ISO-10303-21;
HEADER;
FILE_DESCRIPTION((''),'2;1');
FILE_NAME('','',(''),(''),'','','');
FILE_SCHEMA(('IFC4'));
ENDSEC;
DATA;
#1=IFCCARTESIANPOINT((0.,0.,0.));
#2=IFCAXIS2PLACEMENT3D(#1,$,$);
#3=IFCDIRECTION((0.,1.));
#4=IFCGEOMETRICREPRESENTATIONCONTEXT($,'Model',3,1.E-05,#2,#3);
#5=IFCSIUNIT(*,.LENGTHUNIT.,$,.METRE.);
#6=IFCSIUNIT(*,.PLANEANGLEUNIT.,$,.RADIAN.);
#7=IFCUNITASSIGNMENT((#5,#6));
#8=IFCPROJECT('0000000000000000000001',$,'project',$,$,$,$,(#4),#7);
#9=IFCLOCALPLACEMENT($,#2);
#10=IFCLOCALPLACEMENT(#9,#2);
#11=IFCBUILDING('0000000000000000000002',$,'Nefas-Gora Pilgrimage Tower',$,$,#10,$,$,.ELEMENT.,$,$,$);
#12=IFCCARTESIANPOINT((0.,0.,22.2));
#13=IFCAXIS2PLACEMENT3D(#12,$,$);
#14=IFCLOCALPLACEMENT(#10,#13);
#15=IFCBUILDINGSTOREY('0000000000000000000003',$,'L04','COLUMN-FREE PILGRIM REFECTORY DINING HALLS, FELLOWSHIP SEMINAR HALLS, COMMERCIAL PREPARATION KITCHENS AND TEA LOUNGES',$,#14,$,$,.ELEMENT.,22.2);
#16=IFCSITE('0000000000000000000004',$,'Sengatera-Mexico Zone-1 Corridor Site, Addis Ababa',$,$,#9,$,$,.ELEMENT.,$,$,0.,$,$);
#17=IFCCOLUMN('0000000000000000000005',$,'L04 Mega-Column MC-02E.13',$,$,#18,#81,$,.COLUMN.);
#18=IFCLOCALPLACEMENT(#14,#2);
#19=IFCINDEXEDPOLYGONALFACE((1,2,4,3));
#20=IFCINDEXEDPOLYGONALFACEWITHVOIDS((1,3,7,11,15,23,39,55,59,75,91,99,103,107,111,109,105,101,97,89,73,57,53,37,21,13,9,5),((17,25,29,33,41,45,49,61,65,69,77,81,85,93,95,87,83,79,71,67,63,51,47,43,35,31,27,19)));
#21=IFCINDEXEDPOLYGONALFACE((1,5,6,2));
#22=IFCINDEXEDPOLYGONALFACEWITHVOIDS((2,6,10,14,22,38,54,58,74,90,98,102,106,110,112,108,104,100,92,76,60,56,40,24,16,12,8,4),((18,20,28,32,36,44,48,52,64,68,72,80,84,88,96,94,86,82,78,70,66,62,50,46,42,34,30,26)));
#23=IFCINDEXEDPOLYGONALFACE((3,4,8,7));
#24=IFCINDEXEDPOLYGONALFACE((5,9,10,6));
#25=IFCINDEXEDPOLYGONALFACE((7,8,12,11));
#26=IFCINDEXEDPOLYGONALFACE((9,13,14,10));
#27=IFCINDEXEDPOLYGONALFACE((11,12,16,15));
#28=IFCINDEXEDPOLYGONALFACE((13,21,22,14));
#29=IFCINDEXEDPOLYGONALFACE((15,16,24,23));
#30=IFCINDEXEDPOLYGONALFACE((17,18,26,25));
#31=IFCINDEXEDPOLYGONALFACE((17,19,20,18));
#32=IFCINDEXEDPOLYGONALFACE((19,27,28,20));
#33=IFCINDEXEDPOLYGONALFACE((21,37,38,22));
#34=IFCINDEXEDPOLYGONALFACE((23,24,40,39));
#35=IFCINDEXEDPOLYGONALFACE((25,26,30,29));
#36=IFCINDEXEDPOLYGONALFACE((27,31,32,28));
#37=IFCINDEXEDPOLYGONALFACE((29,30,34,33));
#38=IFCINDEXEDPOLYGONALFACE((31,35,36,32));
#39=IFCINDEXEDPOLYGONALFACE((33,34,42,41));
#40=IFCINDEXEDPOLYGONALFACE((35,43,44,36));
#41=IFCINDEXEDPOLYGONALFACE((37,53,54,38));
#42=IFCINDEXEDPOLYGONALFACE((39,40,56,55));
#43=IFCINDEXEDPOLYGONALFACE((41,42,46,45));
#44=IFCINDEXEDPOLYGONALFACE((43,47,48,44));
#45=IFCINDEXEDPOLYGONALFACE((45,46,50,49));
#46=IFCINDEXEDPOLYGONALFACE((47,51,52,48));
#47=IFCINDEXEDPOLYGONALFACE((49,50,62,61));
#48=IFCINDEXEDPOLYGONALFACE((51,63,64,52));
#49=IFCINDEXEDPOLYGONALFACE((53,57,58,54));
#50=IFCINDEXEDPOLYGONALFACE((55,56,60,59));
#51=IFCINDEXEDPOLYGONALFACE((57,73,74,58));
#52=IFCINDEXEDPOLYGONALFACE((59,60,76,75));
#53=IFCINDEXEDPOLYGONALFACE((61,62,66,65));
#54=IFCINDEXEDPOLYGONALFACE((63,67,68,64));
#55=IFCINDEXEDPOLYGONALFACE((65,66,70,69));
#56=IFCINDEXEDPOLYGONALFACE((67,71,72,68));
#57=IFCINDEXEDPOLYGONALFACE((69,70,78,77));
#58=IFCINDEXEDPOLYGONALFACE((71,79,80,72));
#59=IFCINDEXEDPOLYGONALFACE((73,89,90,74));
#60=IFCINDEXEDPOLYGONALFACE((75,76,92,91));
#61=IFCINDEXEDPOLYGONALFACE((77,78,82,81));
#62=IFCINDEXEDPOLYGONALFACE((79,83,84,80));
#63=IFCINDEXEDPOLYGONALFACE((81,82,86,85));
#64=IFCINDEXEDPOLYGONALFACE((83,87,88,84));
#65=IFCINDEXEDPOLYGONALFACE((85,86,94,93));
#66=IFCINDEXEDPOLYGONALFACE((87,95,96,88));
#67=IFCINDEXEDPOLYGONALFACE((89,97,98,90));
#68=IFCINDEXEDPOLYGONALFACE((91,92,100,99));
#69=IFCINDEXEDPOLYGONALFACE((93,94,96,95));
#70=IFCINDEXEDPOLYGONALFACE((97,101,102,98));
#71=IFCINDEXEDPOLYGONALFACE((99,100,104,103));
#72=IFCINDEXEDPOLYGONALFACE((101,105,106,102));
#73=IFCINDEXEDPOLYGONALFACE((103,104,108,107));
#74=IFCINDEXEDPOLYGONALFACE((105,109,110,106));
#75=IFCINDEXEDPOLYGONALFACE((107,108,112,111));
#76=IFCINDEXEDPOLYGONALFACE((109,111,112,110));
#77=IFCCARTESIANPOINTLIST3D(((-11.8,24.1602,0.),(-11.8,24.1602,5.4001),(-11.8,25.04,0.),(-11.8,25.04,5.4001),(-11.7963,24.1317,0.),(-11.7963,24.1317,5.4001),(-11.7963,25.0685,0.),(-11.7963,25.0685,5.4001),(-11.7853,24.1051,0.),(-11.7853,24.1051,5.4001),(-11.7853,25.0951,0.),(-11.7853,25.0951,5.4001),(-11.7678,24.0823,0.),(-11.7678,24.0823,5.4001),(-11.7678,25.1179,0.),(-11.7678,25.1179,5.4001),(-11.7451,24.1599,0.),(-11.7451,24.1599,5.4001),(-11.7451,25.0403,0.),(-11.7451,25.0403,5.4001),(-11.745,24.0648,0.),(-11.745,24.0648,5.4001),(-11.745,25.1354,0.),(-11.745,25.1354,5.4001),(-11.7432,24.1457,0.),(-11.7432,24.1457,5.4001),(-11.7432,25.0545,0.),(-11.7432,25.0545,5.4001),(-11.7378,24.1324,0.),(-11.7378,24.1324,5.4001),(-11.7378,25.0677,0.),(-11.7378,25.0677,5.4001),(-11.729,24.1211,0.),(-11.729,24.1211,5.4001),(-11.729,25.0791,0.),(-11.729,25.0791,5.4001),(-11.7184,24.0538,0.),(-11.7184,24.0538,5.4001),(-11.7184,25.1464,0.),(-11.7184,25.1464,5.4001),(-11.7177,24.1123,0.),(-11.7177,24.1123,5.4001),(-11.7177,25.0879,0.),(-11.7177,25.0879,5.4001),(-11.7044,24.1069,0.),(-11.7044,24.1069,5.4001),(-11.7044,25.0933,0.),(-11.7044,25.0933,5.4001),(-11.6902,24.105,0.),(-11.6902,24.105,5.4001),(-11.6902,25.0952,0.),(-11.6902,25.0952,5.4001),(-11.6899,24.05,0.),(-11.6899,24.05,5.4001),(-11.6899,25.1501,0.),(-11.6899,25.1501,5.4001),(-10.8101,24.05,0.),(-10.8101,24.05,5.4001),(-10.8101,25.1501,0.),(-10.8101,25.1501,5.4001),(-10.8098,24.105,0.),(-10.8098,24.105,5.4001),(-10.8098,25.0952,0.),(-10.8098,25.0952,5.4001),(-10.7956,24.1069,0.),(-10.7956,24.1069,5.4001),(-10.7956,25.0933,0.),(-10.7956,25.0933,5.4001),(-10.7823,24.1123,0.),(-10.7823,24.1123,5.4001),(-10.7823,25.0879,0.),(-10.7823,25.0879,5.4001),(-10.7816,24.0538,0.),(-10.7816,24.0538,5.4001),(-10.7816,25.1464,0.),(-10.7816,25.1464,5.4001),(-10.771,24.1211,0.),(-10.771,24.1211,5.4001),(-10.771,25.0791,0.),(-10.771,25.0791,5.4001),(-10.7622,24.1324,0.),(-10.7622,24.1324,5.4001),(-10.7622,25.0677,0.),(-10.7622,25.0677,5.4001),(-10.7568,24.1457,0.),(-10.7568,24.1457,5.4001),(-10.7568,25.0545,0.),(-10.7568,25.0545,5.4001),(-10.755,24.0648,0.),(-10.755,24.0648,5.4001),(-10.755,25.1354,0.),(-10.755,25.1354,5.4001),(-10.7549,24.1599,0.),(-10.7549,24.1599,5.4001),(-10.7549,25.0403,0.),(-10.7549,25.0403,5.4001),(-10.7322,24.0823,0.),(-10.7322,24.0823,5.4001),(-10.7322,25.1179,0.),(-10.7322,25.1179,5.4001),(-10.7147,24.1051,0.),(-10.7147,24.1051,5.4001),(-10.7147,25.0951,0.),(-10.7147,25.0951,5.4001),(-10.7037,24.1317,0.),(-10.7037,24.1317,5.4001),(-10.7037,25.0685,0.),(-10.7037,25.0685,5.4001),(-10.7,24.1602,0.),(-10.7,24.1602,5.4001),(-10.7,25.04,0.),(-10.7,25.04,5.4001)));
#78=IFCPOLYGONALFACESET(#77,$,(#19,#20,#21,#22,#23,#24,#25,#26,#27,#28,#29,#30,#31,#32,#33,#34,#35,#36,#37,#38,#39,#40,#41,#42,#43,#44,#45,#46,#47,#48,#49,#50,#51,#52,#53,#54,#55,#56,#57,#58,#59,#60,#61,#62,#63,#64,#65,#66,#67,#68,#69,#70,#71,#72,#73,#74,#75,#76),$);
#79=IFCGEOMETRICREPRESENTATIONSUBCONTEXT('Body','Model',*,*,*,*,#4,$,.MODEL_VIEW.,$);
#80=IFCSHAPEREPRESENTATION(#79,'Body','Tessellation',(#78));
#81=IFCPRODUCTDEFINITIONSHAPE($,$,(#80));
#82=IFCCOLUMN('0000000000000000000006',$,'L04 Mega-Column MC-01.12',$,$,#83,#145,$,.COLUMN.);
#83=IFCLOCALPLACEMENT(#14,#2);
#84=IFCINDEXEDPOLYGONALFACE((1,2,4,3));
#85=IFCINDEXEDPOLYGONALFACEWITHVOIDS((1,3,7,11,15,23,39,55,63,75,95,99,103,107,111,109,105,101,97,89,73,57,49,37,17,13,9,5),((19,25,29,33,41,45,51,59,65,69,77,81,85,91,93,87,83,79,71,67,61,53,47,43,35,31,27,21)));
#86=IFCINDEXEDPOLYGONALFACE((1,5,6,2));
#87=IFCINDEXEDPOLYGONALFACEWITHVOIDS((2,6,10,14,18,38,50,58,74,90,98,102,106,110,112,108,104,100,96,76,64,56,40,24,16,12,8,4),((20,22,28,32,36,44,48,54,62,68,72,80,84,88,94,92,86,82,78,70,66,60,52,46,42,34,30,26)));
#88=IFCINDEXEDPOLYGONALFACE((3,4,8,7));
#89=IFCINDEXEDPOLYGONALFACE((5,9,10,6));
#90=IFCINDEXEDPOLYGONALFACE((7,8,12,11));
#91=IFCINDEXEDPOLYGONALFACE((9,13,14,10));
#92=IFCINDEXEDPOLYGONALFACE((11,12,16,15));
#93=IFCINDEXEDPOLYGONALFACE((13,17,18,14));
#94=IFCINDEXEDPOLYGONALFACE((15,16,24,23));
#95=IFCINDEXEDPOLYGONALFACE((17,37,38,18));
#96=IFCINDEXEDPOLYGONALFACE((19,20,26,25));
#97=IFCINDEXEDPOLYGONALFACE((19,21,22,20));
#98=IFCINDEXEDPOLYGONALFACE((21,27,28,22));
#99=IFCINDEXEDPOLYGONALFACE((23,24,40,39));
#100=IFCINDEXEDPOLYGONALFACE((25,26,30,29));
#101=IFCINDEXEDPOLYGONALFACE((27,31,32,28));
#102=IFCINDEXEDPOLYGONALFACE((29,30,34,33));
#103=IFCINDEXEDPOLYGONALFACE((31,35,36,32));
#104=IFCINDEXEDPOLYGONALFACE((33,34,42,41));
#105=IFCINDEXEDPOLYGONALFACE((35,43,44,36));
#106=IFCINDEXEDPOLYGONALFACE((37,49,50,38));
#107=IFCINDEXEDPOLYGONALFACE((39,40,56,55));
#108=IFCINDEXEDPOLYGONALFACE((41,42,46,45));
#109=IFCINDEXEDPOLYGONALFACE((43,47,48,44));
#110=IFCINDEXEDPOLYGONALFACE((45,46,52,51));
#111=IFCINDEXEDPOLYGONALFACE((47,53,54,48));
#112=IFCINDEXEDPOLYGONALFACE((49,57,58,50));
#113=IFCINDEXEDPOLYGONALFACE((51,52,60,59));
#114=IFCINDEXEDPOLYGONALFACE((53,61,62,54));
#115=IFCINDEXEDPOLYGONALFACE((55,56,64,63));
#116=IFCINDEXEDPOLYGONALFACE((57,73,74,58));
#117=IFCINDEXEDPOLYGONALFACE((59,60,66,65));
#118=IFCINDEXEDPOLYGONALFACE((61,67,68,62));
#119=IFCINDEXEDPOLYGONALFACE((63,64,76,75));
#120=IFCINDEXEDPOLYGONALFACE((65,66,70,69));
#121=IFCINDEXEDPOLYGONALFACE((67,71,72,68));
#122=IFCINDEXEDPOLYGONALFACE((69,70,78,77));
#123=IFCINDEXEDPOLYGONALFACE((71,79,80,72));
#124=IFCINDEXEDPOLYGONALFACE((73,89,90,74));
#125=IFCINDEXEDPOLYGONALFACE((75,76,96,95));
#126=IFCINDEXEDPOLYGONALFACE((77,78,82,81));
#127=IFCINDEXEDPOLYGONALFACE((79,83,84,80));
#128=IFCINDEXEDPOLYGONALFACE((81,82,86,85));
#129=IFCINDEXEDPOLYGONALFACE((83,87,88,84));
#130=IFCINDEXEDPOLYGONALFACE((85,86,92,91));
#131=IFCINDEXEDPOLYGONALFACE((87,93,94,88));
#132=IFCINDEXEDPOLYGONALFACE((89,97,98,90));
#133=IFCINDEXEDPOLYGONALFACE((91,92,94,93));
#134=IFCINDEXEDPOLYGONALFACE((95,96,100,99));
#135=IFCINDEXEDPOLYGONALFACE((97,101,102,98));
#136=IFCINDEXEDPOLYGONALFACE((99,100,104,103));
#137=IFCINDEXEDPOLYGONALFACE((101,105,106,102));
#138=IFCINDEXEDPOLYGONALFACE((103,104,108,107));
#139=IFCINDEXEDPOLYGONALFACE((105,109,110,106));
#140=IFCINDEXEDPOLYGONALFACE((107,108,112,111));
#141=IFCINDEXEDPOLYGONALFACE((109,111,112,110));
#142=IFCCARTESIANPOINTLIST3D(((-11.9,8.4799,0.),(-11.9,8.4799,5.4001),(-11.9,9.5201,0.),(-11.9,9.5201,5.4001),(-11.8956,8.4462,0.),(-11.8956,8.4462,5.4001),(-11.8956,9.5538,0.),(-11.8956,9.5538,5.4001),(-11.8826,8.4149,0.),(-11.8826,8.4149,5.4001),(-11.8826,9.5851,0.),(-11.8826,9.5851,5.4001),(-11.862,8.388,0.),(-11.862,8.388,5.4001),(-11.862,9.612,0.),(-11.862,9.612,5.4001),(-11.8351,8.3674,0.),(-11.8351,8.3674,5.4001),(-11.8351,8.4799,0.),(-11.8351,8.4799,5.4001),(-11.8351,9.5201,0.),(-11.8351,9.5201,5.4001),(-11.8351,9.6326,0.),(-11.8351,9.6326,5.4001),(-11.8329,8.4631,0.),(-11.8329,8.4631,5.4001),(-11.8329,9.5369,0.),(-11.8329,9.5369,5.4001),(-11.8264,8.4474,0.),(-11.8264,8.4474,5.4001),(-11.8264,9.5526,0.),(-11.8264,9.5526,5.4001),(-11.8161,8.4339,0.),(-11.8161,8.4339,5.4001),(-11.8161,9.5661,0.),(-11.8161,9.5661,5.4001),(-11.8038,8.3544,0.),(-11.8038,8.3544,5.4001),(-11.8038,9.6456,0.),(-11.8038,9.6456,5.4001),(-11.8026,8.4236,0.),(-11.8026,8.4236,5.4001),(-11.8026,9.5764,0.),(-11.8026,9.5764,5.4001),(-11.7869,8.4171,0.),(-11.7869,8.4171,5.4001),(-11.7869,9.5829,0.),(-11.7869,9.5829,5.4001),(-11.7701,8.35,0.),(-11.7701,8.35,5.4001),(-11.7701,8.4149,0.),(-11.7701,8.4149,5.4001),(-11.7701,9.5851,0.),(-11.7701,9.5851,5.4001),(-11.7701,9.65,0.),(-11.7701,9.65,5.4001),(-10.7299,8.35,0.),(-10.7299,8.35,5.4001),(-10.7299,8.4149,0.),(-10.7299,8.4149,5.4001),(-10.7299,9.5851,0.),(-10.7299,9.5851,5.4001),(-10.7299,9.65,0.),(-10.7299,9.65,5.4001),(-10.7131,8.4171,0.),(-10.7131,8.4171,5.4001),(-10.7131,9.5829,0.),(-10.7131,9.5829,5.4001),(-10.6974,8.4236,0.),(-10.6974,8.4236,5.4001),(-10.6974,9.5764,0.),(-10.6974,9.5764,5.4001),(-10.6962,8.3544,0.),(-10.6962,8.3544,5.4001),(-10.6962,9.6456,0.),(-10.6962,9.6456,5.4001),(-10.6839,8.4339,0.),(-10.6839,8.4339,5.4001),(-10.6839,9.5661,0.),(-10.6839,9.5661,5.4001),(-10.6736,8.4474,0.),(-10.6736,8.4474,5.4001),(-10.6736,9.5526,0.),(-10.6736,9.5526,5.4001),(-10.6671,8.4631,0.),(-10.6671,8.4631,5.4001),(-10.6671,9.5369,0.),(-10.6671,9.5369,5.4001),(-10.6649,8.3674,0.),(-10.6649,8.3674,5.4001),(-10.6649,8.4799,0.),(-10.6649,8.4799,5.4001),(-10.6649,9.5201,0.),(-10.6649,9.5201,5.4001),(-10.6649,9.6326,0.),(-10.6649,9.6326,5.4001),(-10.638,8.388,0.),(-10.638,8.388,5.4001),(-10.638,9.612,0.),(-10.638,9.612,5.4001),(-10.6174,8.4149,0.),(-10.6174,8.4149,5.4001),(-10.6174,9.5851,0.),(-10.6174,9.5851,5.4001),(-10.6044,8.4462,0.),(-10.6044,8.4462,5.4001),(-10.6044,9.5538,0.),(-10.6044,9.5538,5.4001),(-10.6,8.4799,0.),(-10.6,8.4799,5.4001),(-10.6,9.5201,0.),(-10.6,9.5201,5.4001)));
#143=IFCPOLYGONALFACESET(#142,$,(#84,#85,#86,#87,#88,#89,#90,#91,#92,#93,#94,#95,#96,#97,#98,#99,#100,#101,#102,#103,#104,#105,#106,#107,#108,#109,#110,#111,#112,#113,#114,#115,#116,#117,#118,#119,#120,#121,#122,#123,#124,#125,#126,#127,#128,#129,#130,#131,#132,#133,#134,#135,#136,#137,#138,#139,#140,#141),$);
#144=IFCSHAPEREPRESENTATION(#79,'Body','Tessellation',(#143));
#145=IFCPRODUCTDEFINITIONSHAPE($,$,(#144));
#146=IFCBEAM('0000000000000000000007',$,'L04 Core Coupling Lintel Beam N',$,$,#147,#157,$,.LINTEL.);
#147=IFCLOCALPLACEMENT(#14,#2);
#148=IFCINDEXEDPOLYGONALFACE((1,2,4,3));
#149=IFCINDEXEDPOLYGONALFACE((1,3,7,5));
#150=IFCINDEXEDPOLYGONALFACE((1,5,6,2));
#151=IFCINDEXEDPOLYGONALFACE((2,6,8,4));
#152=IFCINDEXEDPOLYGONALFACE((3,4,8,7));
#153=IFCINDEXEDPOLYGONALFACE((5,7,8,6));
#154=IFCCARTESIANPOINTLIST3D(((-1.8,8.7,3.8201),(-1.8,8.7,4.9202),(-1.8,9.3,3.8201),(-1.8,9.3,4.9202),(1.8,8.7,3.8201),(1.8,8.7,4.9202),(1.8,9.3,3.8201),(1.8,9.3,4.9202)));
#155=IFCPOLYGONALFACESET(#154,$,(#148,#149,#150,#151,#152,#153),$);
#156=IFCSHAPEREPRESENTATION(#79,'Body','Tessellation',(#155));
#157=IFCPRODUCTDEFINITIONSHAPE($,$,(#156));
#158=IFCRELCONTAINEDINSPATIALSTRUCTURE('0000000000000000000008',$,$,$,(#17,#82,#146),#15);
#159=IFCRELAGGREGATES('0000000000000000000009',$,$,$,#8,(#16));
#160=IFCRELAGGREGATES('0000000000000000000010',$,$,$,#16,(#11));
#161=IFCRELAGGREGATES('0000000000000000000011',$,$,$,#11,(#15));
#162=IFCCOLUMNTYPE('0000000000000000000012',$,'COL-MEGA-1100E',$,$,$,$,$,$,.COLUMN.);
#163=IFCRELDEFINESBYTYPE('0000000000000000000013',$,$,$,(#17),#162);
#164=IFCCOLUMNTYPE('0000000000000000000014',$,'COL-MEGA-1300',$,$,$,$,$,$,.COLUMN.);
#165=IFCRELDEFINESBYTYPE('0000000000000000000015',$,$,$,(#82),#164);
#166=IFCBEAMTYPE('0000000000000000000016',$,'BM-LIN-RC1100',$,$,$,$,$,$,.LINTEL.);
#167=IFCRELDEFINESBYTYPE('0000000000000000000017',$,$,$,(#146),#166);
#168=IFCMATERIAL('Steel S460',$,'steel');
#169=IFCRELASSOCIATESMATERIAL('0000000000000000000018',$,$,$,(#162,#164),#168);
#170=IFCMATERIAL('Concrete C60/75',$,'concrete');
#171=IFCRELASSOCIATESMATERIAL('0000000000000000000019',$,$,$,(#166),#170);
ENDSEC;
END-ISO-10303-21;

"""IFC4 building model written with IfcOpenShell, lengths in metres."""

from ifc_helpers import new_model, si_unit, direction, frame, origin, origin_2d, place, context, subcontext, project, spatial, rectangle, hollow_rectangle, extrude, source, transform, mapped, material, material_profile, profile_set, type_object, element, save


model = new_model("IFC4")

# Units and contexts
model_context = context("Model", 3, precision=1e-05, world=origin(), true_north=direction((0.0, 1.0)))
body_context = subcontext(model_context, "Body", "Model", "MODEL_VIEW")
ifc_project = project(units=[si_unit("LENGTHUNIT", "METRE"), si_unit("PLANEANGLEUNIT", "RADIAN")], contexts=[model_context])

# Site, building, storey
site_placement = place(None, origin())
site = spatial("IfcSite", under=ifc_project, at=site_placement, Name="Sengatera-Mexico Zone-1 Corridor Site, Addis Ababa", CompositionType="ELEMENT", RefElevation=0.0)
building_placement = place(site_placement, origin())
building = spatial("IfcBuilding", under=site, at=building_placement, Name="Nefas-Gora Pilgrimage Tower", CompositionType="ELEMENT")
storey_placement = place(building_placement, frame((0.0, 0.0, 22.2)))
storey = spatial("IfcBuildingStorey", under=building, at=storey_placement, Name="L04", Description="COLUMN-FREE PILGRIM REFECTORY DINING HALLS, FELLOWSHIP SEMINAR HALLS, COMMERCIAL PREPARATION KITCHENS AND TEA LOUNGES", CompositionType="ELEMENT", Elevation=22.2)

# Columns
ifc_material_1 = material(Name="Steel S460", Category="steel")
ifc_material_profile_1 = material_profile(ifc_material_1, hollow_rectangle(XDim=1.1001, YDim=1.1001, WallThickness=0.0549, InnerFilletRadius=0.0549, OuterFilletRadius=0.1101, at=origin_2d()), Name="BOX 1100x1100x55")
ifc_profile_set_1 = profile_set([ifc_material_profile_1], Name="Steel S460")
column_type_1 = type_object("IfcColumnType", Name="COL-MEGA-1100E", PredefinedType="COLUMN", material=ifc_profile_set_1)
shared_shape_1 = source(origin(), body_context, "Body", "SweptSolid", [
    extrude(hollow_rectangle(XDim=1.1001, YDim=1.1001, WallThickness=0.0549, InnerFilletRadius=0.0549, OuterFilletRadius=0.1101, at=origin_2d()), origin(), (0.0, 0.0, 1.0), 5.4001),
])
column_1_placement = place(storey_placement, frame((-11.25, 24.6001, 0.0), z_axis=(0.0, 0.0, 1.0), x_axis=(1.0, 0.0, 0.0)))
element("IfcColumn", 1, at=column_1_placement, inside=storey, type_object=column_type_1, Name="L04 Mega-Column MC-02E.13", PredefinedType="COLUMN", context=body_context, shape_type="MappedRepresentation", body=[
    mapped(shared_shape_1, transform((0.0, 0.0, 0.0), x_axis=(1.0, 0.0, 0.0), y_axis=(0.0, 1.0, 0.0), z_axis=(0.0, 0.0, 1.0), scale=1.0)),
])
ifc_material_profile_2 = material_profile(ifc_material_1, hollow_rectangle(XDim=1.3, YDim=1.3, WallThickness=0.0649, InnerFilletRadius=0.0649, OuterFilletRadius=0.1299, at=origin_2d()), Name="BOX 1300x1300x65")
ifc_profile_set_2 = profile_set([ifc_material_profile_2], Name="Steel S460")
column_type_2 = type_object("IfcColumnType", Name="COL-MEGA-1300", PredefinedType="COLUMN", material=ifc_profile_set_2)
shared_shape_2 = source(origin(), body_context, "Body", "SweptSolid", [
    extrude(hollow_rectangle(XDim=1.3, YDim=1.3, WallThickness=0.0649, InnerFilletRadius=0.0649, OuterFilletRadius=0.1299, at=origin_2d()), origin(), (0.0, 0.0, 1.0), 5.4001),
])
column_2_placement = place(storey_placement, frame((-11.25, 9.0, 0.0), z_axis=(0.0, 0.0, 1.0), x_axis=(1.0, 0.0, 0.0)))
element("IfcColumn", 2, at=column_2_placement, inside=storey, type_object=column_type_2, Name="L04 Mega-Column MC-01.12", PredefinedType="COLUMN", context=body_context, shape_type="MappedRepresentation", body=[
    mapped(shared_shape_2, transform((0.0, 0.0, 0.0), x_axis=(1.0, 0.0, 0.0), y_axis=(0.0, 1.0, 0.0), z_axis=(0.0, 0.0, 1.0), scale=1.0)),
])

# Beam
ifc_material_2 = material(Name="Concrete C60/75", Category="concrete")
ifc_material_profile_3 = material_profile(ifc_material_2, rectangle(XDim=0.6001, YDim=1.1001, at=origin_2d()), Name="RC 600x1100")
ifc_profile_set_3 = profile_set([ifc_material_profile_3], Name="Concrete C60/75")
beam_type_1 = type_object("IfcBeamType", Name="BM-LIN-RC1100", PredefinedType="LINTEL", material=ifc_profile_set_3)
shared_shape_3 = source(origin(), body_context, "Body", "SweptSolid", [
    extrude(rectangle(XDim=0.6001, YDim=1.1001, at=origin_2d()), origin(), (0.0, 0.0, 1.0), 3.6001),
])
beam_1_placement = place(storey_placement, frame((-1.8, 9.0, 4.3701), z_axis=(1.0, 0.0, 0.0), x_axis=(0.0, 1.0, 0.0)))
element("IfcBeam", 3, at=beam_1_placement, inside=storey, type_object=beam_type_1, Name="L04 Core Coupling Lintel Beam N", PredefinedType="LINTEL", context=body_context, shape_type="MappedRepresentation", body=[
    mapped(shared_shape_3, transform((0.0, 0.0, 0.0), x_axis=(1.0, 0.0, 0.0), y_axis=(0.0, 1.0, 0.0), z_axis=(0.0, 0.0, 1.0), scale=1.0)),
])

save(model, "model.ifc")
